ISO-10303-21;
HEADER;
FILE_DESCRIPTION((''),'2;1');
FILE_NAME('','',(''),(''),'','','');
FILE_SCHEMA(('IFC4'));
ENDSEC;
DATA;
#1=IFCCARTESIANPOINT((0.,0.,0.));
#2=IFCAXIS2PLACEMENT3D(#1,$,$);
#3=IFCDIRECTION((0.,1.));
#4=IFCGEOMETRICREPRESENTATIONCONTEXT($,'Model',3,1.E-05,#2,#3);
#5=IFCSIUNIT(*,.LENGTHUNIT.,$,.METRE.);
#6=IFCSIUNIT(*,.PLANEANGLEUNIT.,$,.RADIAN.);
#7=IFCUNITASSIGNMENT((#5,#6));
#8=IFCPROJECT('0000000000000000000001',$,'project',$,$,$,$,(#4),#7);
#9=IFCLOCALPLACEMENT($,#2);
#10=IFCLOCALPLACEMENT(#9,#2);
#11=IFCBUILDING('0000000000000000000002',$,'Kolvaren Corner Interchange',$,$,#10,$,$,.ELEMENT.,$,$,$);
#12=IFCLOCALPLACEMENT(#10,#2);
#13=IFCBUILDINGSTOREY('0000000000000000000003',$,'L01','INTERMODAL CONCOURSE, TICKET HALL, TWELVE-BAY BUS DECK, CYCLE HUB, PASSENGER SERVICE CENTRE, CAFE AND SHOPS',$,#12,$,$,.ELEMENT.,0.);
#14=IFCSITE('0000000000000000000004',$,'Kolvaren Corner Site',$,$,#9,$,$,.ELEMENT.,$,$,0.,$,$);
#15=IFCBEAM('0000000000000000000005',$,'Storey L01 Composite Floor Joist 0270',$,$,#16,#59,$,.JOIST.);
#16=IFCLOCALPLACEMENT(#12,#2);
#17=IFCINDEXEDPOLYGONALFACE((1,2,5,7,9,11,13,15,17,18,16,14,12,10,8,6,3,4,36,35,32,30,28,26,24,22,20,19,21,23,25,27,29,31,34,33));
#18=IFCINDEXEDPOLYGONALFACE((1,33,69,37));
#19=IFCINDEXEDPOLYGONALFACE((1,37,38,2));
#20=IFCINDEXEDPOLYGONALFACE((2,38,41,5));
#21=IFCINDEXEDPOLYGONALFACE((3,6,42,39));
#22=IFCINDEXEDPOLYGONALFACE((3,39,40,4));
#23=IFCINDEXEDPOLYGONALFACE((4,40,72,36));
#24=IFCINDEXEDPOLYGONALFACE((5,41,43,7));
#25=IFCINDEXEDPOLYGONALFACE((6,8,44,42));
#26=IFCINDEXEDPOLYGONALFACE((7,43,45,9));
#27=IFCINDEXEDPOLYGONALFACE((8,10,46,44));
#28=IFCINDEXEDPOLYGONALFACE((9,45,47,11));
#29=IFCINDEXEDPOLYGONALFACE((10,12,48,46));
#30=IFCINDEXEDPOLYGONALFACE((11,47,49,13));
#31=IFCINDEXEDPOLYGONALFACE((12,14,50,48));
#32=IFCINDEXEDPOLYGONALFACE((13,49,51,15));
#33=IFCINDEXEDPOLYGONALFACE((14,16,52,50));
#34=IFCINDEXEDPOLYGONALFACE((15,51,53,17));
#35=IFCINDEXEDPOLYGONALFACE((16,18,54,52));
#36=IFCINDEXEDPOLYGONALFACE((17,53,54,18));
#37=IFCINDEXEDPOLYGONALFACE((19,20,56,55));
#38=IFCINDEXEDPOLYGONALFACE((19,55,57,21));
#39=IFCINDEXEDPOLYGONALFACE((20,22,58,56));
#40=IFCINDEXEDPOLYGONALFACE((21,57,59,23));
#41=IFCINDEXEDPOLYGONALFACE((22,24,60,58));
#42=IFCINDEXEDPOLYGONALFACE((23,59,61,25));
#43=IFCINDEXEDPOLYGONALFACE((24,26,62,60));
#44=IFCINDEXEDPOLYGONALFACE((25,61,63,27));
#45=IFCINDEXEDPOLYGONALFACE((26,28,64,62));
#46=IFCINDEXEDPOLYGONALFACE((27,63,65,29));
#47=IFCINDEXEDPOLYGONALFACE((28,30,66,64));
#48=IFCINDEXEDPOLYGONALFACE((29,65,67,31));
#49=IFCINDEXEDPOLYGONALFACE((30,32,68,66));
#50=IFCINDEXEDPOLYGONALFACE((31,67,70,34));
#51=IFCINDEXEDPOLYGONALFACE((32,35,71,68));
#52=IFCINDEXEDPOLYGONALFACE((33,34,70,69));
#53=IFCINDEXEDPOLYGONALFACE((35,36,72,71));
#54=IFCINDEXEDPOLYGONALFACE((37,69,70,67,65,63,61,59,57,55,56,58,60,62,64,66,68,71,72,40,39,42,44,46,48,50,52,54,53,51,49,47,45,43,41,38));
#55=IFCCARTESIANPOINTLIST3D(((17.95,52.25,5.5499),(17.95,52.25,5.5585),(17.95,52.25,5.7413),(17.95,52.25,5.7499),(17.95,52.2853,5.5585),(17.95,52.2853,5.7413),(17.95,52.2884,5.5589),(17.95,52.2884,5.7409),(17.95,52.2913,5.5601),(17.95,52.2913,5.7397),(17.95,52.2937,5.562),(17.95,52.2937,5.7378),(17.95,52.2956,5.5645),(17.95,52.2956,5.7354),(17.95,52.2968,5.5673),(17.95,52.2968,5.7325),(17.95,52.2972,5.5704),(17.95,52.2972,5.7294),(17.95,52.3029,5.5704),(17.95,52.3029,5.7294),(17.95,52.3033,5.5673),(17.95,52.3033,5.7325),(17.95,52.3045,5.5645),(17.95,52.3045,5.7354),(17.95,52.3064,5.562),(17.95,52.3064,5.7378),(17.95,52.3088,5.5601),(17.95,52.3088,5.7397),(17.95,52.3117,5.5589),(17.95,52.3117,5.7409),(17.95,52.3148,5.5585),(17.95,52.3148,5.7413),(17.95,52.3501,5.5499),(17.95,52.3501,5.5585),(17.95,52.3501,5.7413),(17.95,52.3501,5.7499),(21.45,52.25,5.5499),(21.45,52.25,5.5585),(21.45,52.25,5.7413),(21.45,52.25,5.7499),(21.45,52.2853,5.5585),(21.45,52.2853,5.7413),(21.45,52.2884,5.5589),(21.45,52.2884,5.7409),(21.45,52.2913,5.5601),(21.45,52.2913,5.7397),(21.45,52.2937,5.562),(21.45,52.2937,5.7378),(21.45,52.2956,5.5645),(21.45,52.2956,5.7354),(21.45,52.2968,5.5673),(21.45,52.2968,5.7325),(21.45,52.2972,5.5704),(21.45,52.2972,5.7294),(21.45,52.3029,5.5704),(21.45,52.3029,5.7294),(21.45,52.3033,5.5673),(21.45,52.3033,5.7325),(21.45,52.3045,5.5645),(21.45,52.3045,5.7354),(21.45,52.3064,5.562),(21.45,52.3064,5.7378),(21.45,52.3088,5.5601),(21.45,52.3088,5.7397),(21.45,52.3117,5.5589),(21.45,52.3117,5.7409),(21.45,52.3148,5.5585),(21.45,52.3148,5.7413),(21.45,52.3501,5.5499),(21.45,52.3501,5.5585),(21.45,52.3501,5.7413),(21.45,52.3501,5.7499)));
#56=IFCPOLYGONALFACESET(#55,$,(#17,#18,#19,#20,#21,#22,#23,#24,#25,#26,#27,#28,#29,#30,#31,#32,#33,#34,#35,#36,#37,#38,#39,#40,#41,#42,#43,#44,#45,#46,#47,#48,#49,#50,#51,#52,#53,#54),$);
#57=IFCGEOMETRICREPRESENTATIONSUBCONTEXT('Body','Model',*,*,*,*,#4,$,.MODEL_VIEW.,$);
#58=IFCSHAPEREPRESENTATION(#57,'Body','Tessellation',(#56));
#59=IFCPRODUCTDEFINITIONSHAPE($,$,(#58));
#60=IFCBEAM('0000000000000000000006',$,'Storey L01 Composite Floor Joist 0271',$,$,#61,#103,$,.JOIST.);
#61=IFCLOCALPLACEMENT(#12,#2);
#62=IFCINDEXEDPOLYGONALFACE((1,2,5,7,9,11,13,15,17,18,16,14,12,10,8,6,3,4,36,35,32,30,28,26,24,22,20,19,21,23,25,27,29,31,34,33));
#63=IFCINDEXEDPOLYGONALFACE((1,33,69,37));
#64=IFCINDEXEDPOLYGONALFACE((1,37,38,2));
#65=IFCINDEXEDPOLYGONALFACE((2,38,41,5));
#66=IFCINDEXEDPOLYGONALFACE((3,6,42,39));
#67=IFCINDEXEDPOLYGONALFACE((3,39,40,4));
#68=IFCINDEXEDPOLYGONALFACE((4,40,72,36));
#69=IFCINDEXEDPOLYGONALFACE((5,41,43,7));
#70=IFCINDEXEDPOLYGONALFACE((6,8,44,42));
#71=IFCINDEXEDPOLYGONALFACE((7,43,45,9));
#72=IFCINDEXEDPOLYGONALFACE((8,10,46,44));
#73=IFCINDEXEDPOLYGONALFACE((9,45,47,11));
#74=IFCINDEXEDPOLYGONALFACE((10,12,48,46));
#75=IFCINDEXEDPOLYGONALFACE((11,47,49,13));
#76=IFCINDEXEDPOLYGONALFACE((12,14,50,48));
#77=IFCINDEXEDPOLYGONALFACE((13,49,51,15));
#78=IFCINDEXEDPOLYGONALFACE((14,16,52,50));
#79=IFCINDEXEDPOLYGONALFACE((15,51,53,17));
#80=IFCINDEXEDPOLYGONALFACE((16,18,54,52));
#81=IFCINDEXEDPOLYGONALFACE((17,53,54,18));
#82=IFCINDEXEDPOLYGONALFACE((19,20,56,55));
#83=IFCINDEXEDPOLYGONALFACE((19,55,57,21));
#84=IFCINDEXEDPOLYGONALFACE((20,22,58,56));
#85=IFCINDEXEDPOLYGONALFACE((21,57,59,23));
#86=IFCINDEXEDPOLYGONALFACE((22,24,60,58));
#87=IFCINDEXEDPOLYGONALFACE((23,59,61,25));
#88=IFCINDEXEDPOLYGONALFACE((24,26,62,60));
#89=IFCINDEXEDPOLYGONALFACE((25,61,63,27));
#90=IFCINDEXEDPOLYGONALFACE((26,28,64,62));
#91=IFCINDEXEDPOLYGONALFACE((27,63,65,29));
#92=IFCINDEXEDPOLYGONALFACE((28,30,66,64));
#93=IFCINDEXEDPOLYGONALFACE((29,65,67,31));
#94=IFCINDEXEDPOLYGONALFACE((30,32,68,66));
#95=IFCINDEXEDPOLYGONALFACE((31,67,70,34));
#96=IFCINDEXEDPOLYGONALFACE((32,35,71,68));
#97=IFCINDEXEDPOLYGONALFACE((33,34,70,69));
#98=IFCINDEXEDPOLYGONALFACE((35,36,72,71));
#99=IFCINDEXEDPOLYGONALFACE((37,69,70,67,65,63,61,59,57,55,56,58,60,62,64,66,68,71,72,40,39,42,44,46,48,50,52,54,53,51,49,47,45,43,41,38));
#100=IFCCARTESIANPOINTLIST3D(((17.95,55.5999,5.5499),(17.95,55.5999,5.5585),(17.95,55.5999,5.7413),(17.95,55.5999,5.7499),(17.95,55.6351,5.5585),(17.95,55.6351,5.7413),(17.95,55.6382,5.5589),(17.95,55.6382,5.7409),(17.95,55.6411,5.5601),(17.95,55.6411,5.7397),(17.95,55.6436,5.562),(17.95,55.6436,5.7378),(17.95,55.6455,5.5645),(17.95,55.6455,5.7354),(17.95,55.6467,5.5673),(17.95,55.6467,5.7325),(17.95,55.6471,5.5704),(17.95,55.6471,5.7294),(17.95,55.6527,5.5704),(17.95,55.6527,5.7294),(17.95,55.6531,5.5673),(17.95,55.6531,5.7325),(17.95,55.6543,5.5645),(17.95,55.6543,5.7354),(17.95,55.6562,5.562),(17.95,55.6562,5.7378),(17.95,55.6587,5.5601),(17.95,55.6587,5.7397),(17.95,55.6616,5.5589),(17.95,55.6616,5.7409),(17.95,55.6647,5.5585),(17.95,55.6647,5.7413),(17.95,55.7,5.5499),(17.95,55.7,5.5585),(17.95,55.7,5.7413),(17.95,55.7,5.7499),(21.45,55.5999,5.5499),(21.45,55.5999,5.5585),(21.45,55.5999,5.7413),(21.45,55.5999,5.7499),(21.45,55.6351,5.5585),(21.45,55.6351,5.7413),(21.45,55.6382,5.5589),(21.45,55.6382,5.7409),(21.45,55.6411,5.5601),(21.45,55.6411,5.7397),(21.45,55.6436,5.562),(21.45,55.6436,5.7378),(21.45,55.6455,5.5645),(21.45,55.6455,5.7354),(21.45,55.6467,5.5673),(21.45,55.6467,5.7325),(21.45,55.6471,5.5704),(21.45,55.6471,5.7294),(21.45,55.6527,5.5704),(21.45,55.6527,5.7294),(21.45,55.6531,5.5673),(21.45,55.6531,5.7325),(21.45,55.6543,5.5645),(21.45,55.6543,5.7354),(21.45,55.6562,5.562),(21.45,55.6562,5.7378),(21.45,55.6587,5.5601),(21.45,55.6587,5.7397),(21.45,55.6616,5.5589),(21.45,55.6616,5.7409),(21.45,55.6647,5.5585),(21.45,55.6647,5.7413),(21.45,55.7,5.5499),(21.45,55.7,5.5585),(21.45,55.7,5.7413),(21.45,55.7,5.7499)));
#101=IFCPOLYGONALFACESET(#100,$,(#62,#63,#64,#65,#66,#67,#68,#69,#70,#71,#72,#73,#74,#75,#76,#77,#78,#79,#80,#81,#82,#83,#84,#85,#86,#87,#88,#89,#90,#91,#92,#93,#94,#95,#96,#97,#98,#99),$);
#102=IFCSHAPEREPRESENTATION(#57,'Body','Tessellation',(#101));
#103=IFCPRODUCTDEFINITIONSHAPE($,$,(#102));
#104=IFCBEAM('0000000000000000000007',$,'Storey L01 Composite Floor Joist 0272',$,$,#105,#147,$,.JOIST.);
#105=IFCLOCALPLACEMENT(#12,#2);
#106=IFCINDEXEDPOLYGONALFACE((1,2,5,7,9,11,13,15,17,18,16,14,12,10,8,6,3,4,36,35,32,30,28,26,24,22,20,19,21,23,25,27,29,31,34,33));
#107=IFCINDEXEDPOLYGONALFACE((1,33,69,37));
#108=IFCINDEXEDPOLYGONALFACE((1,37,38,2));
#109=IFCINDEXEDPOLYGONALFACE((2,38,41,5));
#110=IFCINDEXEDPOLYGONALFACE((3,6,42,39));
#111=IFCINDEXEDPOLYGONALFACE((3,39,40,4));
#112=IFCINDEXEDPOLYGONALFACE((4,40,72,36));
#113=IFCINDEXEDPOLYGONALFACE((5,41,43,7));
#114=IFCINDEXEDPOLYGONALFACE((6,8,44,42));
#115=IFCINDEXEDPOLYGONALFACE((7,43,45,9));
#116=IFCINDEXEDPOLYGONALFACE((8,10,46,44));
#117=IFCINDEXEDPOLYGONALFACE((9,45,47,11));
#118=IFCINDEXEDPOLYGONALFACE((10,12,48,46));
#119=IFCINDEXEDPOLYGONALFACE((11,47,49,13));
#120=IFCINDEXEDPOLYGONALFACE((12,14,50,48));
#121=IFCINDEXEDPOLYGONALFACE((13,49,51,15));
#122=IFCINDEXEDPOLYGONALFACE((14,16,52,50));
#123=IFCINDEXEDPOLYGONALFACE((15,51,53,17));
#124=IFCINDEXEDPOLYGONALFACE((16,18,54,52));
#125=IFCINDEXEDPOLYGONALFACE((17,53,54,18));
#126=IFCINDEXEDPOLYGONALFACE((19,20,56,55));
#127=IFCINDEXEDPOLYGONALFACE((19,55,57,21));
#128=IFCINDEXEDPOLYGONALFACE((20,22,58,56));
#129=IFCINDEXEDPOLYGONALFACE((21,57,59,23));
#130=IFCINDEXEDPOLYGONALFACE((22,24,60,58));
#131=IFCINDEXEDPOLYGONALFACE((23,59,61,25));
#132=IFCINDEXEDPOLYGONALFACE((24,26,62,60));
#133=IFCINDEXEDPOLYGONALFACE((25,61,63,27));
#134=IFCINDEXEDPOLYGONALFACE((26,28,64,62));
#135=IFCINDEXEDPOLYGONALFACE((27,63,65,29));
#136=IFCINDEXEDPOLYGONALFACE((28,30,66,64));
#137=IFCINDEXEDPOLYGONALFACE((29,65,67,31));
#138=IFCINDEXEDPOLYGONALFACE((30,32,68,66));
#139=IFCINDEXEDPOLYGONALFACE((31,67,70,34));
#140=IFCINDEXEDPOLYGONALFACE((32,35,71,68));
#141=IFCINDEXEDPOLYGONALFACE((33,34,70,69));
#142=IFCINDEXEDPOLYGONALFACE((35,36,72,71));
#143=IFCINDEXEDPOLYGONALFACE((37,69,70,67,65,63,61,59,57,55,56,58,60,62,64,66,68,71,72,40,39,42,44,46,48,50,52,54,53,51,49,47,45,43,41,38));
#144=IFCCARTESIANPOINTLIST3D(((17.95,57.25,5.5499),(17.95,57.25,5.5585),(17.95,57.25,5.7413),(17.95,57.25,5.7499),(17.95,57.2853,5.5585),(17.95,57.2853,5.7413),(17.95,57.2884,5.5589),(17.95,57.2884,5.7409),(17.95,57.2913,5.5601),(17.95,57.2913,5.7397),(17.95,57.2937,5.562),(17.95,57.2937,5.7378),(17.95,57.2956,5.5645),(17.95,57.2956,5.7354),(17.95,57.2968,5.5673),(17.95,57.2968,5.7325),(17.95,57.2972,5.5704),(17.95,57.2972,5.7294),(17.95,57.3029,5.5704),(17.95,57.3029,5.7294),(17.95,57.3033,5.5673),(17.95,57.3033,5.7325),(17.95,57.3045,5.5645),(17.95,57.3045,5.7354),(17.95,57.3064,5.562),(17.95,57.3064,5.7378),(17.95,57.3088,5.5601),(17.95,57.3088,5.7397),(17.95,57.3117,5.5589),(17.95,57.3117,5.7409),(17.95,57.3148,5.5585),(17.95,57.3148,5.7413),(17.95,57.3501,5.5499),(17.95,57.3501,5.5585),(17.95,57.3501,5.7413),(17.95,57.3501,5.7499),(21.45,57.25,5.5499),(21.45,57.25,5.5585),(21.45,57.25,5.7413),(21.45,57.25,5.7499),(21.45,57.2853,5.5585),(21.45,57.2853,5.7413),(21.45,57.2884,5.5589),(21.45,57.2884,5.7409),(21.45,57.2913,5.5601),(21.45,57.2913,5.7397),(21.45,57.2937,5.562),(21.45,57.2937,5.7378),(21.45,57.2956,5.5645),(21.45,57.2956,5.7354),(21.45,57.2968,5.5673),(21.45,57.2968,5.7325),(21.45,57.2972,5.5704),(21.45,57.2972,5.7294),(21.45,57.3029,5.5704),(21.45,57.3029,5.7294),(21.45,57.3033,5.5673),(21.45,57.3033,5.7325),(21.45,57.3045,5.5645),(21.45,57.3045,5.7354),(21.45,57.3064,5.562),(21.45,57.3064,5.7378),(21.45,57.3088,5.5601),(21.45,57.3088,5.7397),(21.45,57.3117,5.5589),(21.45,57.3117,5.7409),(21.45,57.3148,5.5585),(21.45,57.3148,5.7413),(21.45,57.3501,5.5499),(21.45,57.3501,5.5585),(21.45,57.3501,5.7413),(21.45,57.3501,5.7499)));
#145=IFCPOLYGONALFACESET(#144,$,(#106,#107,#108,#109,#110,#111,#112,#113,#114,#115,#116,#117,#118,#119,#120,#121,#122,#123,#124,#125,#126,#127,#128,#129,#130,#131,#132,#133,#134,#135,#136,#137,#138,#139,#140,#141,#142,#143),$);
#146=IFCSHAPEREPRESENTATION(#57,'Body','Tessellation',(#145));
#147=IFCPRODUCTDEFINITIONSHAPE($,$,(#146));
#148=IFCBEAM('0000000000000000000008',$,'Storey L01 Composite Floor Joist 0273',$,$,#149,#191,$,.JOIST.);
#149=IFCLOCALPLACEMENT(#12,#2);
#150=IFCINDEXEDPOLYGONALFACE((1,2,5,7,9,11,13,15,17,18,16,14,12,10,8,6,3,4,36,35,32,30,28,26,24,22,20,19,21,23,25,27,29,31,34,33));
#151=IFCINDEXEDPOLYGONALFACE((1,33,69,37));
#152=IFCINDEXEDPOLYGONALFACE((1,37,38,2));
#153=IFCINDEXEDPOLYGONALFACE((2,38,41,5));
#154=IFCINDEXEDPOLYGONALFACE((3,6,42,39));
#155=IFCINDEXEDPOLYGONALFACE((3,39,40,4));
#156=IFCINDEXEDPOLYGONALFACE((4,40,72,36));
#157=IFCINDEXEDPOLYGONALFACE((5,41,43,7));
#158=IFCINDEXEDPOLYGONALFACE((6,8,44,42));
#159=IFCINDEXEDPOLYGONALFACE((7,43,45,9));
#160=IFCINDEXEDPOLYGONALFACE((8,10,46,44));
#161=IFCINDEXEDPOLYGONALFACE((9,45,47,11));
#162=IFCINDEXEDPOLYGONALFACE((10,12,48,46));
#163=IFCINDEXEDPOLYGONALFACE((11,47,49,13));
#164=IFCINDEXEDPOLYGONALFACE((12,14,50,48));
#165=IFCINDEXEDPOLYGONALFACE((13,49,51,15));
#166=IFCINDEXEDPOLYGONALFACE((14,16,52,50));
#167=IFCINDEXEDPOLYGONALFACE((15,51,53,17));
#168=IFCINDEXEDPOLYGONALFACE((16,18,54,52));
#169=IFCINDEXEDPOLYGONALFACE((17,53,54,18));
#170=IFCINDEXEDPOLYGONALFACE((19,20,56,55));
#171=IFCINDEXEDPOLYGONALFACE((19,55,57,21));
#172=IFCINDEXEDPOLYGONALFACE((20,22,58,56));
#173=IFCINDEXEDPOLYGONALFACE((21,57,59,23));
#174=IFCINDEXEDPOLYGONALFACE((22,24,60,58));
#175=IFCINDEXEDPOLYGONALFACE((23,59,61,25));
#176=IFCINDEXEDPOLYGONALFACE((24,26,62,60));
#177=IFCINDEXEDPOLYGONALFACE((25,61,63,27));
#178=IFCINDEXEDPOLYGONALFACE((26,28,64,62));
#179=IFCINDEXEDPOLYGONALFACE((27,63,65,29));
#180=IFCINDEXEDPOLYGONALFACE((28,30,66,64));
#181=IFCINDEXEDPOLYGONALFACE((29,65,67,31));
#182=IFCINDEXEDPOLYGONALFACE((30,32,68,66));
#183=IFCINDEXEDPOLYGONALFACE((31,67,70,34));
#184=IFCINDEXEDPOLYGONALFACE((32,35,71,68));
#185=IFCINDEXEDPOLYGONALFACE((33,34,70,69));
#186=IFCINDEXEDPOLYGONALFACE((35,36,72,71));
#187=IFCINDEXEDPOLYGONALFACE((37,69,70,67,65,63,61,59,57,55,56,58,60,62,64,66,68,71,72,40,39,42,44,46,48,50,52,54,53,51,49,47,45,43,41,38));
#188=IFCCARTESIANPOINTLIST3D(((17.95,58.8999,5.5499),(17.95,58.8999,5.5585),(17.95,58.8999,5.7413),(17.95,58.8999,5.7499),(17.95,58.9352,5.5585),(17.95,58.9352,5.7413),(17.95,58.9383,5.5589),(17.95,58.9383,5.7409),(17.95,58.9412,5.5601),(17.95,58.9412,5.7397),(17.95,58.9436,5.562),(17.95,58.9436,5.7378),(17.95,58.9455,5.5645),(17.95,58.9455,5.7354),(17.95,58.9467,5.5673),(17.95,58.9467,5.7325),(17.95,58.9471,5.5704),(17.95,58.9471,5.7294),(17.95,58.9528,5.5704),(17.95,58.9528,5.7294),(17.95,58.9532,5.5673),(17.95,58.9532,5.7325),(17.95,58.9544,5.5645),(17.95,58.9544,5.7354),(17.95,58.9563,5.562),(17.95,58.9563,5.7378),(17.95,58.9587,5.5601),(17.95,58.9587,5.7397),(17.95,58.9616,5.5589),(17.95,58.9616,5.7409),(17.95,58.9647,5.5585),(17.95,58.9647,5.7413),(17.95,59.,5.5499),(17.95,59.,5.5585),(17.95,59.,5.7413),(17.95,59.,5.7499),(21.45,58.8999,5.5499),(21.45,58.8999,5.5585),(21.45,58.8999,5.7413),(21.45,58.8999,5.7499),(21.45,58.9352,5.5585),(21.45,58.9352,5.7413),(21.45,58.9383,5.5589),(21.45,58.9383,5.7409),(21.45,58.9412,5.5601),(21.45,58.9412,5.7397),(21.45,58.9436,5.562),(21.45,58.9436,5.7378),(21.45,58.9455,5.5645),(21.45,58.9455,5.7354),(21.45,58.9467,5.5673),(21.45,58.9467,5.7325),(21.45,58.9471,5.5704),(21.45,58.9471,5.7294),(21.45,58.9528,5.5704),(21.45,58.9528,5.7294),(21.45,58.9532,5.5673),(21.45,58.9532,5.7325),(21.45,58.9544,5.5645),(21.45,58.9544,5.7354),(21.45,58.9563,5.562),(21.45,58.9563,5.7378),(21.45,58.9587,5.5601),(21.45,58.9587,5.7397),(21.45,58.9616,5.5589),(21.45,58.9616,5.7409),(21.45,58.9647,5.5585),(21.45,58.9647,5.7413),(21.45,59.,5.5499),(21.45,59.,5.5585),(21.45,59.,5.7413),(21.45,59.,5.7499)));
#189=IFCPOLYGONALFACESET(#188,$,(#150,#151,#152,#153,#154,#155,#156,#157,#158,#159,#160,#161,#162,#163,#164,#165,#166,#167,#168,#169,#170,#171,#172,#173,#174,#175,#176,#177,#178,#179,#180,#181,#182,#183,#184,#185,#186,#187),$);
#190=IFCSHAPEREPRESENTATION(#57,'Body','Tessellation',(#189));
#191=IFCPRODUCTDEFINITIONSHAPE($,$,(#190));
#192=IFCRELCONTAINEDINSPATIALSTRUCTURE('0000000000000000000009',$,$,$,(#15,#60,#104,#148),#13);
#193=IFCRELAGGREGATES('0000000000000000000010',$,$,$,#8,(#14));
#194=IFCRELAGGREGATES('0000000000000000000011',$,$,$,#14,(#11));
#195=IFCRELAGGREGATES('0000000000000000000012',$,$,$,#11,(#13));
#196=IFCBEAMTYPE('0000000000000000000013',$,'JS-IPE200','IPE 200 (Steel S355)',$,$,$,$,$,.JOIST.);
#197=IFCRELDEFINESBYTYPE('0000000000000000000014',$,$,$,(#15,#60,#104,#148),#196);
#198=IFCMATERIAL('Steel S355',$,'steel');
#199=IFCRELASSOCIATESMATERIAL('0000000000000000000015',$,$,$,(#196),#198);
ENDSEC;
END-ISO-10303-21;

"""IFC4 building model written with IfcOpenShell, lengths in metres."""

from ifc_helpers import new_model, si_unit, direction, frame, origin, origin_2d, place, context, subcontext, project, spatial, i_section, extrude, material, material_profile, profile_set, type_object, element, save


model = new_model("IFC4")

# Units and contexts
model_context = context("Model", 3, precision=1e-05, world=origin(), true_north=direction((0.0, 1.0)))
body_context = subcontext(model_context, "Body", "Model", "MODEL_VIEW")
ifc_project = project(units=[si_unit("LENGTHUNIT", "METRE"), si_unit("PLANEANGLEUNIT", "RADIAN")], contexts=[model_context])

# Site, building, storey
site_placement = place(None, origin())
site = spatial("IfcSite", under=ifc_project, at=site_placement, Name="Kolvaren Corner Site", CompositionType="ELEMENT", RefElevation=0.0)
building_placement = place(site_placement, origin())
building = spatial("IfcBuilding", under=site, at=building_placement, Name="Kolvaren Corner Interchange", CompositionType="ELEMENT")
storey_placement = place(building_placement, origin())
storey = spatial("IfcBuildingStorey", under=building, at=storey_placement, Name="L01", Description="INTERMODAL CONCOURSE, TICKET HALL, TWELVE-BAY BUS DECK, CYCLE HUB, PASSENGER SERVICE CENTRE, CAFE AND SHOPS", CompositionType="ELEMENT", Elevation=0.0)

# Beams
ifc_material_1 = material(Name="Steel S355", Category="steel")
ifc_material_profile_1 = material_profile(ifc_material_1, i_section(OverallWidth=0.1001, OverallDepth=0.2, WebThickness=0.0056, FlangeThickness=0.0085, FilletRadius=0.012, at=origin_2d()), Name="IPE 200")
ifc_profile_set_1 = profile_set([ifc_material_profile_1], Name="Steel S355")
beam_type_1 = type_object("IfcBeamType", Name="JS-IPE200", Description="IPE 200 (Steel S355)", PredefinedType="JOIST", material=ifc_profile_set_1)
for number, where, z_axis, x_axis, name in (
    (1, (17.95, 52.3, 5.6499), (1.0, 0.0, 0.0), (0.0, 1.0, 0.0), "Storey L01 Composite Floor Joist 0270"),
    (2, (17.95, 55.6499, 5.6499), (1.0, 0.0, 0.0), (0.0, 1.0, 0.0), "Storey L01 Composite Floor Joist 0271"),
    (3, (17.95, 57.3, 5.6499), (1.0, 0.0, 0.0), (0.0, 1.0, 0.0), "Storey L01 Composite Floor Joist 0272"),
    (4, (17.95, 58.95, 5.6499), (1.0, 0.0, 0.0), (0.0, 1.0, 0.0), "Storey L01 Composite Floor Joist 0273"),
):
    element("IfcBeam", number, at=place(storey_placement, frame(where, z_axis=z_axis, x_axis=x_axis)), inside=storey, type_object=beam_type_1, Name=name, PredefinedType="JOIST", context=body_context, shape_type="SweptSolid", body=[
        extrude(i_section(OverallWidth=0.1001, OverallDepth=0.2, WebThickness=0.0056, FlangeThickness=0.0085, FilletRadius=0.012, at=origin_2d()), origin(), (0.0, 0.0, 1.0), 3.5),
    ])

save(model, "model.ifc")
